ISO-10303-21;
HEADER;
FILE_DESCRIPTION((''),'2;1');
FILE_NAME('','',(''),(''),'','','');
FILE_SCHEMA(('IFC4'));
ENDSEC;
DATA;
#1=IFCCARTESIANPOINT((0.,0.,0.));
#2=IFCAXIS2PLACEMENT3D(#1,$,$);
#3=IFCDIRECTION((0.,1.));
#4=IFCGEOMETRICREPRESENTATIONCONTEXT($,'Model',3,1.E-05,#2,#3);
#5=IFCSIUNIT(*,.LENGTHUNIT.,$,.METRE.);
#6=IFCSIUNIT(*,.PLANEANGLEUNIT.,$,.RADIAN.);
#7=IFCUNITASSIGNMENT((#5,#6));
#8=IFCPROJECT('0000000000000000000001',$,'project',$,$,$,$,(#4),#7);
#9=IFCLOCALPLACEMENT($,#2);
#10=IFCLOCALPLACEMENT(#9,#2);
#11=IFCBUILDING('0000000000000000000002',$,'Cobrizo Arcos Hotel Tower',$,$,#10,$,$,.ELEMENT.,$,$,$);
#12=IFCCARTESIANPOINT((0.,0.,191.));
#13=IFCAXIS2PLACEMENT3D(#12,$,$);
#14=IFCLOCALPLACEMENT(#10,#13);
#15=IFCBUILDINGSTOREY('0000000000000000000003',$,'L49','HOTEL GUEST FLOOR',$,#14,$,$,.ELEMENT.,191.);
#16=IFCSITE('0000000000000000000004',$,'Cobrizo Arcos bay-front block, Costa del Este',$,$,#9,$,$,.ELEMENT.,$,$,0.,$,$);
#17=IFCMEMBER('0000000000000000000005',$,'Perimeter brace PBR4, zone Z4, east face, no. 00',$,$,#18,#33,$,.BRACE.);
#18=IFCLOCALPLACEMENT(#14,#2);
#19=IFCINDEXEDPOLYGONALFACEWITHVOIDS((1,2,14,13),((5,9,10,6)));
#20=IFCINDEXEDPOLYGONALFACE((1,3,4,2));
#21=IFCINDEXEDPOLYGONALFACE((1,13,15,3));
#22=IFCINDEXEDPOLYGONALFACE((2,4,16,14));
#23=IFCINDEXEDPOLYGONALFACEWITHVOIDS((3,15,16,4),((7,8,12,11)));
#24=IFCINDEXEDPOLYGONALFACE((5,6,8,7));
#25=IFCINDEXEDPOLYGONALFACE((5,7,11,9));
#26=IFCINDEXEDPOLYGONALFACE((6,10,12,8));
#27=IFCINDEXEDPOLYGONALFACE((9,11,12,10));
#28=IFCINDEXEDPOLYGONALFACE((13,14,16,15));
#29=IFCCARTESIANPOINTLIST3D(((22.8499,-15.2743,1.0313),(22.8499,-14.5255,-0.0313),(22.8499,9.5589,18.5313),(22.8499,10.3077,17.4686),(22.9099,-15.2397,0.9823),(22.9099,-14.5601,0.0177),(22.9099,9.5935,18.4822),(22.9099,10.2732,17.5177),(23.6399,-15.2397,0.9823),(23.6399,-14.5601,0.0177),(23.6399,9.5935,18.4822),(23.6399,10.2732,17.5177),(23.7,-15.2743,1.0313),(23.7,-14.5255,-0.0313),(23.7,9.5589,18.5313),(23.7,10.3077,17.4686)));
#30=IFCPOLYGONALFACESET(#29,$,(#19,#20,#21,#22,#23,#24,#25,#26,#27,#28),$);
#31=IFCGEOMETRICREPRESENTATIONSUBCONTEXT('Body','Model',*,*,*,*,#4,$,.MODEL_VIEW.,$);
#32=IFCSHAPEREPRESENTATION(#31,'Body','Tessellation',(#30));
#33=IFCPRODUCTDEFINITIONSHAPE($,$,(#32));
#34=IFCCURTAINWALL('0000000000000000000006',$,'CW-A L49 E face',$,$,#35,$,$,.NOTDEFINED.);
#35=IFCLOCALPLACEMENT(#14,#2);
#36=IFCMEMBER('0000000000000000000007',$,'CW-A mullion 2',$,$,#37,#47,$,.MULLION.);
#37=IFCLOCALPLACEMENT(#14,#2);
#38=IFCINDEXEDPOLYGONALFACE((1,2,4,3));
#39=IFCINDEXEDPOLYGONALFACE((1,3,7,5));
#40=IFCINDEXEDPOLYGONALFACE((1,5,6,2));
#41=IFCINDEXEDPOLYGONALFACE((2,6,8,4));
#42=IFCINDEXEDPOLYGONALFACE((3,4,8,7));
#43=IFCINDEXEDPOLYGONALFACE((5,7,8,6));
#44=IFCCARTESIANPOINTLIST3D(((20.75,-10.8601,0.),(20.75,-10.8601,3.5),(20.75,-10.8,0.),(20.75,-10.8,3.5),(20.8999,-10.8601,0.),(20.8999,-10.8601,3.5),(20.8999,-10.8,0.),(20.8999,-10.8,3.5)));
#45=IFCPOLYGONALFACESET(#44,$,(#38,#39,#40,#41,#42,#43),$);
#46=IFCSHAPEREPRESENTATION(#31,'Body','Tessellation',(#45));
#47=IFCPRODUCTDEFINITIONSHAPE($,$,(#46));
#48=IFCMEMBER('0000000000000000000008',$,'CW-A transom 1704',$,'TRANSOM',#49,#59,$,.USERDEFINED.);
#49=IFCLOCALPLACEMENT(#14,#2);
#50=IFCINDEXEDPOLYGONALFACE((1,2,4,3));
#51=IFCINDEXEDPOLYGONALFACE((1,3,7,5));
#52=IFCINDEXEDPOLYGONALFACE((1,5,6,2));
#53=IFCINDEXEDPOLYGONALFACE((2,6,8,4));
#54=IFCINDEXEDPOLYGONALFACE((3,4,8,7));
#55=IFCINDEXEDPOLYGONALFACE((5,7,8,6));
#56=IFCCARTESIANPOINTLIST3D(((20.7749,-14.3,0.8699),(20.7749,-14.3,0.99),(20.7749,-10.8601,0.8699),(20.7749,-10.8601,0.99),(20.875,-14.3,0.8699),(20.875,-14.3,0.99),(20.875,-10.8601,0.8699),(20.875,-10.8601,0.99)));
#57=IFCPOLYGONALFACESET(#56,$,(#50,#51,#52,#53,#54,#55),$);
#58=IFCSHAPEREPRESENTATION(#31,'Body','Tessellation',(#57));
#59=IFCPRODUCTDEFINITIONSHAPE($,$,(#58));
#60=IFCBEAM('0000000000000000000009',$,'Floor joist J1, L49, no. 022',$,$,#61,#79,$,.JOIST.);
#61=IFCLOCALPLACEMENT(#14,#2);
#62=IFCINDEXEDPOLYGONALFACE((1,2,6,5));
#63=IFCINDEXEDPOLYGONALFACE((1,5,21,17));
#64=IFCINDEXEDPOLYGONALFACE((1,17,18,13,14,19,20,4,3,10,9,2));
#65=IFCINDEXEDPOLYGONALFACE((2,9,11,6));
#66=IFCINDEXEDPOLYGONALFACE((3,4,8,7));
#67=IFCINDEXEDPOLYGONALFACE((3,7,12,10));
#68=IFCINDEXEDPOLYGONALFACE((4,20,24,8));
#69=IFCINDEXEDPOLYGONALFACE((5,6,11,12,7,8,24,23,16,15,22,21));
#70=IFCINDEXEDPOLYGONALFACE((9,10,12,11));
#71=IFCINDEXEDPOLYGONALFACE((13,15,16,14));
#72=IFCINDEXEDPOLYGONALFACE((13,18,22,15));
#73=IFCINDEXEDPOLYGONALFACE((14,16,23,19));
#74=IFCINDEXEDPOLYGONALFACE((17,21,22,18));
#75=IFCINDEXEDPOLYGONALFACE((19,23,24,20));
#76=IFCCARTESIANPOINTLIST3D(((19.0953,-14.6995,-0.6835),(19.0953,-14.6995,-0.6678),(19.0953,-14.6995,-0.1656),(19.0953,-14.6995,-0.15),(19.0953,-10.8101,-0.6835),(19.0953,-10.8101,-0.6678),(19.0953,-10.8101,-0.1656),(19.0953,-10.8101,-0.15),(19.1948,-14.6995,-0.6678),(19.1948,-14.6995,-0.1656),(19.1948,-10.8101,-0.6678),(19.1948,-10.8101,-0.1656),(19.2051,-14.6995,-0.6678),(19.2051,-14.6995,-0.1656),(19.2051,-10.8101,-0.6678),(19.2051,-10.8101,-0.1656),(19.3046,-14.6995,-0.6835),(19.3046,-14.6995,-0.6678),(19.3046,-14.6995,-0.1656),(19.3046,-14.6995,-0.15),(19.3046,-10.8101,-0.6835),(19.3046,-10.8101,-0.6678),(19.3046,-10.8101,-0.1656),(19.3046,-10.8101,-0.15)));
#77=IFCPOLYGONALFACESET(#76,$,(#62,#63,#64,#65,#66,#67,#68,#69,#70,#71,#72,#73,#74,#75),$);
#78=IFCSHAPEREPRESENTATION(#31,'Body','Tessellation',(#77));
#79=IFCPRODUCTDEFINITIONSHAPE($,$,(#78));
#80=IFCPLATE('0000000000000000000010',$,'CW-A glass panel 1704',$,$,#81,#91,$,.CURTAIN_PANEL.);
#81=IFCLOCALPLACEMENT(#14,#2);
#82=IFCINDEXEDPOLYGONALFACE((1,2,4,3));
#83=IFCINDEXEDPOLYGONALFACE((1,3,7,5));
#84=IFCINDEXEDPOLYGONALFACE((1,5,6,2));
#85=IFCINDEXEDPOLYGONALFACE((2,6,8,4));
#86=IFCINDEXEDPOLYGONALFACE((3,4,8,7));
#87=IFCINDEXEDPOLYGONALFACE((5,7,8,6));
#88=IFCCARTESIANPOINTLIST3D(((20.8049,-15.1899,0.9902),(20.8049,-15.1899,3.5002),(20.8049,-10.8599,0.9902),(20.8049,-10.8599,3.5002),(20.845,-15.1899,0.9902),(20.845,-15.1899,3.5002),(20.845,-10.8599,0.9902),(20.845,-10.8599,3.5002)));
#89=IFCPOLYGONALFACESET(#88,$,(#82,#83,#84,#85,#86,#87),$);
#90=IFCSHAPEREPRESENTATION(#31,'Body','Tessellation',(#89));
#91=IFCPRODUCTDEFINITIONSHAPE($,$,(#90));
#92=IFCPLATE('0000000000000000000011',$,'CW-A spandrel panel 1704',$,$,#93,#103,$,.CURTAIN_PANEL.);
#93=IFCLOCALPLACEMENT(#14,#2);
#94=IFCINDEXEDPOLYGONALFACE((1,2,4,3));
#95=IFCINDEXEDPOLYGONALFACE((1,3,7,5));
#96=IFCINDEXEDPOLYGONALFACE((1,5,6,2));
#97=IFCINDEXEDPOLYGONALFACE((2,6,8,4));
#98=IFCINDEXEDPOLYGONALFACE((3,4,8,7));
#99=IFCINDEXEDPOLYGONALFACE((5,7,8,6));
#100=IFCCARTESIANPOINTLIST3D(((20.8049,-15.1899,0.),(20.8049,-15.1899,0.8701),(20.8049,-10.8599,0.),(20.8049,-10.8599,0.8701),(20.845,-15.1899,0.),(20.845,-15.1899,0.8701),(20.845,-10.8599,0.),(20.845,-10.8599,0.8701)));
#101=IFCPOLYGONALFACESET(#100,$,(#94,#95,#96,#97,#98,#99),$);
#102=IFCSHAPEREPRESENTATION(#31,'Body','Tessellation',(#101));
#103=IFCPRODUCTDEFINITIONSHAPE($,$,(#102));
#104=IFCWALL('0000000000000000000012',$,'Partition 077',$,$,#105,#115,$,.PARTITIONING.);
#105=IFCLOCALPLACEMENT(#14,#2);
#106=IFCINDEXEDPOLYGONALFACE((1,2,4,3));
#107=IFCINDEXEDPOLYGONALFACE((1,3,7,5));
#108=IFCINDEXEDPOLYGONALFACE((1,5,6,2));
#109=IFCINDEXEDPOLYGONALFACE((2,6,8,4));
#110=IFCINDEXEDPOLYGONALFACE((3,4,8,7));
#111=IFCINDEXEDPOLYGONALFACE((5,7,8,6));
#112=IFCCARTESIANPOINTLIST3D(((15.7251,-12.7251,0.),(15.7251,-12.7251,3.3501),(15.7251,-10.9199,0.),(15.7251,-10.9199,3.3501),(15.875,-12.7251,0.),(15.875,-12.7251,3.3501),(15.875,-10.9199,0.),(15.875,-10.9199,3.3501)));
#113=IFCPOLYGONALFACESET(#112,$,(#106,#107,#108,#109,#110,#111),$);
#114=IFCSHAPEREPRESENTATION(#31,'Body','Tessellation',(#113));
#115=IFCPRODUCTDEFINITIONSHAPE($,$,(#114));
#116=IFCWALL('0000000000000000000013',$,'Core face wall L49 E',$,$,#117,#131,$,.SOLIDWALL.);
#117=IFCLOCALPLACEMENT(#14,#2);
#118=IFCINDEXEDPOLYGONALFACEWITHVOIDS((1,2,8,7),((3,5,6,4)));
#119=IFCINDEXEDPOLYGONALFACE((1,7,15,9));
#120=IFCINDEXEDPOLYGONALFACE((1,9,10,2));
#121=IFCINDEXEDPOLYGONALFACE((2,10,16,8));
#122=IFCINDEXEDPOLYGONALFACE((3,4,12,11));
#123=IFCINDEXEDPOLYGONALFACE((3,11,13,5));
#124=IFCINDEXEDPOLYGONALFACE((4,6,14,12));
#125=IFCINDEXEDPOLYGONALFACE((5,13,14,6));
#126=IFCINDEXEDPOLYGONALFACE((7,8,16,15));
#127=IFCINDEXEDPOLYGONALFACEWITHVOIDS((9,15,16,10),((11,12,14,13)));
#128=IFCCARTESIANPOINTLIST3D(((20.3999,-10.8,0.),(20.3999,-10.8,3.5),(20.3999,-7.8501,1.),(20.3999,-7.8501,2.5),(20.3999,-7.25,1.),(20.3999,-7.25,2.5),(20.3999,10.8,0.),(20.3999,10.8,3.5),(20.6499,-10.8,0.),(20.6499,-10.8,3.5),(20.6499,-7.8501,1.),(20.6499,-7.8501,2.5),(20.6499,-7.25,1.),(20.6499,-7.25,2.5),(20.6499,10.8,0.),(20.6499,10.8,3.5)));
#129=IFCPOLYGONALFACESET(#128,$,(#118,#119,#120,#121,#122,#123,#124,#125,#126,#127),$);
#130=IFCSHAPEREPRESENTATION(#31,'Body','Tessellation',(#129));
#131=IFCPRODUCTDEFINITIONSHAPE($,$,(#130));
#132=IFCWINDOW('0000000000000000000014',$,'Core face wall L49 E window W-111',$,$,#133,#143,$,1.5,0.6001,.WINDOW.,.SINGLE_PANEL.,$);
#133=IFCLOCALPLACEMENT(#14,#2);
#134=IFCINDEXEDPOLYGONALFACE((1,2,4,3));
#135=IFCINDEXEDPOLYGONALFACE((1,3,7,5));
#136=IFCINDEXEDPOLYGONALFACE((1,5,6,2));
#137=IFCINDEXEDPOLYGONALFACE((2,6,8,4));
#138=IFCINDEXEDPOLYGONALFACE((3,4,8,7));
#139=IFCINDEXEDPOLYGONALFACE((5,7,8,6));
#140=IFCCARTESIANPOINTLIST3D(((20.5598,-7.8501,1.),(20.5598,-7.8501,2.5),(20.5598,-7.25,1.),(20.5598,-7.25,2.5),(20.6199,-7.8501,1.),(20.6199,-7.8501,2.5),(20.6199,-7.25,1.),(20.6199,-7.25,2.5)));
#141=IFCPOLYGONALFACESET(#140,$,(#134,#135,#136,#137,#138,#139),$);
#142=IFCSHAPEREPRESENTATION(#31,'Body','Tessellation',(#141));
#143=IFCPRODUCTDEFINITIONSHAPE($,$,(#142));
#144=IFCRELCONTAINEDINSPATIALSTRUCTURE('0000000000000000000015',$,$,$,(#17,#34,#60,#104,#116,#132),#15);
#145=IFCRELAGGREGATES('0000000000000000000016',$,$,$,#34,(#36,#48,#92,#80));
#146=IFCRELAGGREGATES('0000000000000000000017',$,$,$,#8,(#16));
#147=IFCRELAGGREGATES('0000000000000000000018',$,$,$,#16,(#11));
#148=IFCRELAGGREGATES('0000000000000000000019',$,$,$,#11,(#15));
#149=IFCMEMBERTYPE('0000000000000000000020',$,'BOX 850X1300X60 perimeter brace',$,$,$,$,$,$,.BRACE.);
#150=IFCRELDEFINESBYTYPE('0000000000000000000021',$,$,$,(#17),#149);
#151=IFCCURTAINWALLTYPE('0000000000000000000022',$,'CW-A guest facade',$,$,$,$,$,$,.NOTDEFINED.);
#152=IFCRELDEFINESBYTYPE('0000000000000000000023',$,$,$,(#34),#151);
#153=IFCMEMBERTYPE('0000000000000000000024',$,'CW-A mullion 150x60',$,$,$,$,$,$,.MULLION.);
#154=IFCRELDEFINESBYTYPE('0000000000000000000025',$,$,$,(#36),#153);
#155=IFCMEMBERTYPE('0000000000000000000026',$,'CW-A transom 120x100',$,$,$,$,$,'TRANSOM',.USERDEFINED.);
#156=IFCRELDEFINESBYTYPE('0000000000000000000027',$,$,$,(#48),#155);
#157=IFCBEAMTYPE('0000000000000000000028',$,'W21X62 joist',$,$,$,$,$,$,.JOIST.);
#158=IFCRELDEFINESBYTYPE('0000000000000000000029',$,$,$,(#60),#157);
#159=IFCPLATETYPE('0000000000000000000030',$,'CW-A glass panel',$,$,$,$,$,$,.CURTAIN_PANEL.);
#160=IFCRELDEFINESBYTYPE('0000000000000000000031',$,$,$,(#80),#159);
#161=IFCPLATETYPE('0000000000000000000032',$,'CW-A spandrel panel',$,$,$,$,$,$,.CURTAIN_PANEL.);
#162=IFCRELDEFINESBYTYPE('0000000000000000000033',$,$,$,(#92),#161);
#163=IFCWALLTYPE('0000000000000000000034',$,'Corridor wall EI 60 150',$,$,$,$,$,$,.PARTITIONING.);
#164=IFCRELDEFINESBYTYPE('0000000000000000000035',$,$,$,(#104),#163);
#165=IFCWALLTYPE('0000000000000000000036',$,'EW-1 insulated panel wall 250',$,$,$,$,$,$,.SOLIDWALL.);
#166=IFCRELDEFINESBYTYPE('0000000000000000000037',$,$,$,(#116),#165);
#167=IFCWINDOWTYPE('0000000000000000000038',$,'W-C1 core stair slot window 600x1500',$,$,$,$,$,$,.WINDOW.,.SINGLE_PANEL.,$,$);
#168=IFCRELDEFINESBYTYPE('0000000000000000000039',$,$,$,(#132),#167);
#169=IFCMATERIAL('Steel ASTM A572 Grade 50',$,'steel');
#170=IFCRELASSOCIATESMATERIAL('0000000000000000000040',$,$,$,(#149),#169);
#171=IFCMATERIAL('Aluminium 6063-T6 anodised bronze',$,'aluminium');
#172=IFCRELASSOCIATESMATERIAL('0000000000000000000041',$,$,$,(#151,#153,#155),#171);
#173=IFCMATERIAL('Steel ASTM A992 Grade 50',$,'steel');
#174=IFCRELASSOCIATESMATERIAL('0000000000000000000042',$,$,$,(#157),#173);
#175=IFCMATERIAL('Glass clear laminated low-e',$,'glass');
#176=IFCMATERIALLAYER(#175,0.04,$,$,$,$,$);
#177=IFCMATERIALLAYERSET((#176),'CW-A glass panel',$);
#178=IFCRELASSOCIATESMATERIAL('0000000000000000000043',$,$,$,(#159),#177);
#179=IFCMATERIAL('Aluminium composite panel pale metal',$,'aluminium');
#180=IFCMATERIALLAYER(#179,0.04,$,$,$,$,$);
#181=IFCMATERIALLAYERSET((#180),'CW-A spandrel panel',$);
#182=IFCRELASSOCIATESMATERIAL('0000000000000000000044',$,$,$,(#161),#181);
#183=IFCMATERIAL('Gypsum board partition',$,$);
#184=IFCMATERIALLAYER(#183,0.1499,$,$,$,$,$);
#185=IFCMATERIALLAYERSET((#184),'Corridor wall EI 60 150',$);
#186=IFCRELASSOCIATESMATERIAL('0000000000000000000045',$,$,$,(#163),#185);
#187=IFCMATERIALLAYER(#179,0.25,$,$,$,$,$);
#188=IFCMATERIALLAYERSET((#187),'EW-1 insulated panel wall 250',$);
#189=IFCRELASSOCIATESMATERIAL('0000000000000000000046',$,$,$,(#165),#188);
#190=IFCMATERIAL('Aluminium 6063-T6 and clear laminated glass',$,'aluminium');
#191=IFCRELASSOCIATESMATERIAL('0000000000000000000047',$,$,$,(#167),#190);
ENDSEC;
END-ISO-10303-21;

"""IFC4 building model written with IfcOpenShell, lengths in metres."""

from ifc_helpers import new_model, si_unit, direction, frame, frame_2d, origin, origin_2d, place, context, subcontext, project, spatial, rectangle, hollow_rectangle, i_section, extrude, material, layer, layer_set, material_profile, profile_set, type_object, element, fill, aggregate, save


model = new_model("IFC4")

# Units and contexts
model_context = context("Model", 3, precision=1e-05, world=origin(), true_north=direction((0.0, 1.0)))
body_context = subcontext(model_context, "Body", "Model", "MODEL_VIEW")
ifc_project = project(units=[si_unit("LENGTHUNIT", "METRE"), si_unit("PLANEANGLEUNIT", "RADIAN")], contexts=[model_context])

# Site, building, storey
site_placement = place(None, origin())
site = spatial("IfcSite", under=ifc_project, at=site_placement, Name="Cobrizo Arcos bay-front block, Costa del Este", CompositionType="ELEMENT", RefElevation=0.0)
building_placement = place(site_placement, origin())
building = spatial("IfcBuilding", under=site, at=building_placement, Name="Cobrizo Arcos Hotel Tower", CompositionType="ELEMENT")
storey_placement = place(building_placement, frame((0.0, 0.0, 191.0)))
storey = spatial("IfcBuildingStorey", under=building, at=storey_placement, Name="L49", Description="HOTEL GUEST FLOOR", CompositionType="ELEMENT", Elevation=191.0)

# Member
ifc_material_1 = material(Name="Steel ASTM A572 Grade 50", Category="steel")
ifc_material_profile_1 = material_profile(ifc_material_1, hollow_rectangle(XDim=0.8501, YDim=1.3, WallThickness=0.0601, at=origin_2d()), Name="BOX 850X1300X60")
ifc_profile_set_1 = profile_set([ifc_material_profile_1], Name="Steel ASTM A572 Grade 50")
member_type_1 = type_object("IfcMemberType", Name="BOX 850X1300X60 perimeter brace", PredefinedType="BRACE", material=ifc_profile_set_1)
member_1_placement = place(storey_placement, frame((23.2749, -14.8999, 0.5), z_axis=(0.0, 0.817423, 0.576038), x_axis=(-1.0, 0.0, 0.0)))
element("IfcMember", 1, at=member_1_placement, inside=storey, type_object=member_type_1, Name="Perimeter brace PBR4, zone Z4, east face, no. 00", PredefinedType="BRACE", context=body_context, shape_type="SweptSolid", body=[
    extrude(hollow_rectangle(XDim=0.8501, YDim=1.3, WallThickness=0.0601, at=origin_2d()), origin(), (0.0, 0.0, 1.0), 30.3799),
])

# Curtain wall, members
ifc_material_2 = material(Name="Aluminium 6063-T6 anodised bronze", Category="aluminium")
curtain_wall_type = type_object("IfcCurtainWallType", Name="CW-A guest facade", PredefinedType="NOTDEFINED", material=ifc_material_2)
curtain_wall_placement = place(storey_placement, origin())
curtain_wall = element("IfcCurtainWall", 2, at=curtain_wall_placement, inside=storey, type_object=curtain_wall_type, Name="CW-A L49 E face", PredefinedType="NOTDEFINED")
ifc_material_profile_2 = material_profile(ifc_material_2, rectangle(XDim=0.1499, YDim=0.0601, at=origin_2d()), Name="CW-A mullion 150x60")
ifc_profile_set_2 = profile_set([ifc_material_profile_2], Name="Aluminium 6063-T6 anodised bronze")
member_type_2 = type_object("IfcMemberType", Name="CW-A mullion 150x60", PredefinedType="MULLION", material=ifc_profile_set_2)
member_2_placement = place(storey_placement, frame((20.825, -10.8301, 0.0), z_axis=(0.0, 0.0, 1.0), x_axis=(1.0, 0.0, 0.0)))
member_2 = element("IfcMember", 3, at=member_2_placement, type_object=member_type_2, Name="CW-A mullion 2", PredefinedType="MULLION", context=body_context, shape_type="SweptSolid", body=[
    extrude(rectangle(XDim=0.1499, YDim=0.0601, at=origin_2d()), origin(), (0.0, 0.0, 1.0), 3.5),
])
ifc_material_profile_3 = material_profile(ifc_material_2, rectangle(XDim=0.1001, YDim=0.1201, at=origin_2d()), Name="CW-A transom 120x100")
ifc_profile_set_3 = profile_set([ifc_material_profile_3], Name="Aluminium 6063-T6 anodised bronze")
member_type_3 = type_object("IfcMemberType", Name="CW-A transom 120x100", ElementType="TRANSOM", PredefinedType="USERDEFINED", material=ifc_profile_set_3)
member_3_placement = place(storey_placement, frame((20.825, -14.3, 0.9299), z_axis=(0.0, 1.0, 0.0), x_axis=(-1.0, 0.0, 0.0)))
member_3 = element("IfcMember", 4, at=member_3_placement, type_object=member_type_3, Name="CW-A transom 1704", ObjectType="TRANSOM", PredefinedType="USERDEFINED", context=body_context, shape_type="SweptSolid", body=[
    extrude(rectangle(XDim=0.1001, YDim=0.1201, at=origin_2d()), origin(), (0.0, 0.0, 1.0), 3.4399),
])

# Beam
ifc_material_3 = material(Name="Steel ASTM A992 Grade 50", Category="steel")
ifc_material_profile_4 = material_profile(ifc_material_3, i_section(OverallWidth=0.2092, OverallDepth=0.5334, WebThickness=0.0103, FlangeThickness=0.0156, at=origin_2d()), Name="W21X62")
ifc_profile_set_4 = profile_set([ifc_material_profile_4], Name="Steel ASTM A992 Grade 50")
beam_type = type_object("IfcBeamType", Name="W21X62 joist", PredefinedType="JOIST", material=ifc_profile_set_4)
beam_placement = place(storey_placement, frame((19.2, -14.6995, -0.4167), z_axis=(0.0, 1.0, 0.0), x_axis=(-1.0, 0.0, 0.0)))
element("IfcBeam", 5, at=beam_placement, inside=storey, type_object=beam_type, Name="Floor joist J1, L49, no. 022", PredefinedType="JOIST", context=body_context, shape_type="SweptSolid", body=[
    extrude(i_section(OverallWidth=0.2092, OverallDepth=0.5334, WebThickness=0.0103, FlangeThickness=0.0156, at=origin_2d()), origin(), (0.0, 0.0, 1.0), 3.8894),
])

# Plates
ifc_material_4 = material(Name="Glass clear laminated low-e", Category="glass")
ifc_layer_1 = layer(ifc_material_4, 0.04)
ifc_layer_set_1 = layer_set([ifc_layer_1], Name="CW-A glass panel")
plate_type_1 = type_object("IfcPlateType", Name="CW-A glass panel", PredefinedType="CURTAIN_PANEL", material=ifc_layer_set_1)
plate_1_placement = place(storey_placement, frame((20.825, -13.0249, 0.9902), z_axis=(0.0, 0.0, 1.0), x_axis=(0.0, 1.0, 0.0)))
plate_1 = element("IfcPlate", 6, at=plate_1_placement, type_object=plate_type_1, Name="CW-A glass panel 1704", PredefinedType="CURTAIN_PANEL", context=body_context, shape_type="SweptSolid", body=[
    extrude(rectangle(XDim=4.3301, YDim=0.04, at=origin_2d()), origin(), (0.0, 0.0, 1.0), 2.51),
])
ifc_material_5 = material(Name="Aluminium composite panel pale metal", Category="aluminium")
ifc_layer_2 = layer(ifc_material_5, 0.04)
ifc_layer_set_2 = layer_set([ifc_layer_2], Name="CW-A spandrel panel")
plate_type_2 = type_object("IfcPlateType", Name="CW-A spandrel panel", PredefinedType="CURTAIN_PANEL", material=ifc_layer_set_2)
plate_2_placement = place(storey_placement, frame((20.825, -13.0249, 0.0), z_axis=(0.0, 0.0, 1.0), x_axis=(0.0, 1.0, 0.0)))
plate_2 = element("IfcPlate", 7, at=plate_2_placement, type_object=plate_type_2, Name="CW-A spandrel panel 1704", PredefinedType="CURTAIN_PANEL", context=body_context, shape_type="SweptSolid", body=[
    extrude(rectangle(XDim=4.3301, YDim=0.04, at=origin_2d()), origin(), (0.0, 0.0, 1.0), 0.8701),
])
aggregate(curtain_wall, [member_2, member_3, plate_2, plate_1])

# Wall
ifc_material_6 = material(Name="Gypsum board partition")
ifc_layer_3 = layer(ifc_material_6, 0.1499)
ifc_layer_set_3 = layer_set([ifc_layer_3], Name="Corridor wall EI 60 150")
wall_type_1 = type_object("IfcWallType", Name="Corridor wall EI 60 150", PredefinedType="PARTITIONING", material=ifc_layer_set_3)
wall_1_placement = place(storey_placement, frame((15.8, -12.7251, 0.0), z_axis=(0.0, 0.0, 1.0), x_axis=(0.0, 1.0, 0.0)))
element("IfcWall", 8, at=wall_1_placement, inside=storey, type_object=wall_type_1, Name="Partition 077", PredefinedType="PARTITIONING", context=body_context, shape_type="SweptSolid", body=[
    extrude(rectangle(XDim=1.8052, YDim=0.1499, at=frame_2d((0.9026, 0.0))), origin(), (0.0, 0.0, 1.0), 3.3501),
])

# Wall, opening, window
ifc_layer_4 = layer(ifc_material_5, 0.25)
ifc_layer_set_4 = layer_set([ifc_layer_4], Name="EW-1 insulated panel wall 250")
wall_type_2 = type_object("IfcWallType", Name="EW-1 insulated panel wall 250", PredefinedType="SOLIDWALL", material=ifc_layer_set_4)
wall_2_placement = place(storey_placement, frame((20.5249, -10.8, 0.0), z_axis=(0.0, 0.0, 1.0), x_axis=(0.0, 1.0, 0.0)))
wall_2 = element("IfcWall", 9, at=wall_2_placement, inside=storey, type_object=wall_type_2, Name="Core face wall L49 E", PredefinedType="SOLIDWALL", context=body_context, shape_type="SweptSolid", body=[
    extrude(rectangle(XDim=21.6001, YDim=0.25, at=frame_2d((10.8, 0.0))), origin(), (0.0, 0.0, 1.0), 3.5),
])
opening_1_placement = place(wall_2_placement, frame((2.95, 0.0, 1.0)))
opening_1 = element("IfcOpeningElement", 10, at=opening_1_placement, cuts=wall_2, PredefinedType="OPENING", context=body_context, shape_type="SweptSolid", body=[
    extrude(rectangle(XDim=0.6001, YDim=1.5, at=frame_2d((0.3, 0.75))), frame((0.0, 0.137, 0.0), z_axis=(0.0, -1.0, 0.0), x_axis=(1.0, 0.0, 0.0)), (0.0, 0.0, 1.0), 0.2739),
])
ifc_material_7 = material(Name="Aluminium 6063-T6 and clear laminated glass", Category="aluminium")
window_type = type_object("IfcWindowType", Name="W-C1 core stair slot window 600x1500", PartitioningType="SINGLE_PANEL", PredefinedType="WINDOW", material=ifc_material_7)
window_placement = place(opening_1_placement, origin())
window = element("IfcWindow", 11, at=window_placement, inside=storey, type_object=window_type, Name="Core face wall L49 E window W-111", OverallHeight=1.5, OverallWidth=0.6001, PartitioningType="SINGLE_PANEL", PredefinedType="WINDOW", context=body_context, shape_type="SweptSolid", body=[
    extrude(rectangle(XDim=0.6001, YDim=1.5, at=frame_2d((0.3, 0.75))), frame((0.0, -0.0349, 0.0), z_axis=(0.0, -1.0, 0.0), x_axis=(1.0, 0.0, 0.0)), (0.0, 0.0, 1.0), 0.0601),
])
fill(opening_1, window)

save(model, "model.ifc")
